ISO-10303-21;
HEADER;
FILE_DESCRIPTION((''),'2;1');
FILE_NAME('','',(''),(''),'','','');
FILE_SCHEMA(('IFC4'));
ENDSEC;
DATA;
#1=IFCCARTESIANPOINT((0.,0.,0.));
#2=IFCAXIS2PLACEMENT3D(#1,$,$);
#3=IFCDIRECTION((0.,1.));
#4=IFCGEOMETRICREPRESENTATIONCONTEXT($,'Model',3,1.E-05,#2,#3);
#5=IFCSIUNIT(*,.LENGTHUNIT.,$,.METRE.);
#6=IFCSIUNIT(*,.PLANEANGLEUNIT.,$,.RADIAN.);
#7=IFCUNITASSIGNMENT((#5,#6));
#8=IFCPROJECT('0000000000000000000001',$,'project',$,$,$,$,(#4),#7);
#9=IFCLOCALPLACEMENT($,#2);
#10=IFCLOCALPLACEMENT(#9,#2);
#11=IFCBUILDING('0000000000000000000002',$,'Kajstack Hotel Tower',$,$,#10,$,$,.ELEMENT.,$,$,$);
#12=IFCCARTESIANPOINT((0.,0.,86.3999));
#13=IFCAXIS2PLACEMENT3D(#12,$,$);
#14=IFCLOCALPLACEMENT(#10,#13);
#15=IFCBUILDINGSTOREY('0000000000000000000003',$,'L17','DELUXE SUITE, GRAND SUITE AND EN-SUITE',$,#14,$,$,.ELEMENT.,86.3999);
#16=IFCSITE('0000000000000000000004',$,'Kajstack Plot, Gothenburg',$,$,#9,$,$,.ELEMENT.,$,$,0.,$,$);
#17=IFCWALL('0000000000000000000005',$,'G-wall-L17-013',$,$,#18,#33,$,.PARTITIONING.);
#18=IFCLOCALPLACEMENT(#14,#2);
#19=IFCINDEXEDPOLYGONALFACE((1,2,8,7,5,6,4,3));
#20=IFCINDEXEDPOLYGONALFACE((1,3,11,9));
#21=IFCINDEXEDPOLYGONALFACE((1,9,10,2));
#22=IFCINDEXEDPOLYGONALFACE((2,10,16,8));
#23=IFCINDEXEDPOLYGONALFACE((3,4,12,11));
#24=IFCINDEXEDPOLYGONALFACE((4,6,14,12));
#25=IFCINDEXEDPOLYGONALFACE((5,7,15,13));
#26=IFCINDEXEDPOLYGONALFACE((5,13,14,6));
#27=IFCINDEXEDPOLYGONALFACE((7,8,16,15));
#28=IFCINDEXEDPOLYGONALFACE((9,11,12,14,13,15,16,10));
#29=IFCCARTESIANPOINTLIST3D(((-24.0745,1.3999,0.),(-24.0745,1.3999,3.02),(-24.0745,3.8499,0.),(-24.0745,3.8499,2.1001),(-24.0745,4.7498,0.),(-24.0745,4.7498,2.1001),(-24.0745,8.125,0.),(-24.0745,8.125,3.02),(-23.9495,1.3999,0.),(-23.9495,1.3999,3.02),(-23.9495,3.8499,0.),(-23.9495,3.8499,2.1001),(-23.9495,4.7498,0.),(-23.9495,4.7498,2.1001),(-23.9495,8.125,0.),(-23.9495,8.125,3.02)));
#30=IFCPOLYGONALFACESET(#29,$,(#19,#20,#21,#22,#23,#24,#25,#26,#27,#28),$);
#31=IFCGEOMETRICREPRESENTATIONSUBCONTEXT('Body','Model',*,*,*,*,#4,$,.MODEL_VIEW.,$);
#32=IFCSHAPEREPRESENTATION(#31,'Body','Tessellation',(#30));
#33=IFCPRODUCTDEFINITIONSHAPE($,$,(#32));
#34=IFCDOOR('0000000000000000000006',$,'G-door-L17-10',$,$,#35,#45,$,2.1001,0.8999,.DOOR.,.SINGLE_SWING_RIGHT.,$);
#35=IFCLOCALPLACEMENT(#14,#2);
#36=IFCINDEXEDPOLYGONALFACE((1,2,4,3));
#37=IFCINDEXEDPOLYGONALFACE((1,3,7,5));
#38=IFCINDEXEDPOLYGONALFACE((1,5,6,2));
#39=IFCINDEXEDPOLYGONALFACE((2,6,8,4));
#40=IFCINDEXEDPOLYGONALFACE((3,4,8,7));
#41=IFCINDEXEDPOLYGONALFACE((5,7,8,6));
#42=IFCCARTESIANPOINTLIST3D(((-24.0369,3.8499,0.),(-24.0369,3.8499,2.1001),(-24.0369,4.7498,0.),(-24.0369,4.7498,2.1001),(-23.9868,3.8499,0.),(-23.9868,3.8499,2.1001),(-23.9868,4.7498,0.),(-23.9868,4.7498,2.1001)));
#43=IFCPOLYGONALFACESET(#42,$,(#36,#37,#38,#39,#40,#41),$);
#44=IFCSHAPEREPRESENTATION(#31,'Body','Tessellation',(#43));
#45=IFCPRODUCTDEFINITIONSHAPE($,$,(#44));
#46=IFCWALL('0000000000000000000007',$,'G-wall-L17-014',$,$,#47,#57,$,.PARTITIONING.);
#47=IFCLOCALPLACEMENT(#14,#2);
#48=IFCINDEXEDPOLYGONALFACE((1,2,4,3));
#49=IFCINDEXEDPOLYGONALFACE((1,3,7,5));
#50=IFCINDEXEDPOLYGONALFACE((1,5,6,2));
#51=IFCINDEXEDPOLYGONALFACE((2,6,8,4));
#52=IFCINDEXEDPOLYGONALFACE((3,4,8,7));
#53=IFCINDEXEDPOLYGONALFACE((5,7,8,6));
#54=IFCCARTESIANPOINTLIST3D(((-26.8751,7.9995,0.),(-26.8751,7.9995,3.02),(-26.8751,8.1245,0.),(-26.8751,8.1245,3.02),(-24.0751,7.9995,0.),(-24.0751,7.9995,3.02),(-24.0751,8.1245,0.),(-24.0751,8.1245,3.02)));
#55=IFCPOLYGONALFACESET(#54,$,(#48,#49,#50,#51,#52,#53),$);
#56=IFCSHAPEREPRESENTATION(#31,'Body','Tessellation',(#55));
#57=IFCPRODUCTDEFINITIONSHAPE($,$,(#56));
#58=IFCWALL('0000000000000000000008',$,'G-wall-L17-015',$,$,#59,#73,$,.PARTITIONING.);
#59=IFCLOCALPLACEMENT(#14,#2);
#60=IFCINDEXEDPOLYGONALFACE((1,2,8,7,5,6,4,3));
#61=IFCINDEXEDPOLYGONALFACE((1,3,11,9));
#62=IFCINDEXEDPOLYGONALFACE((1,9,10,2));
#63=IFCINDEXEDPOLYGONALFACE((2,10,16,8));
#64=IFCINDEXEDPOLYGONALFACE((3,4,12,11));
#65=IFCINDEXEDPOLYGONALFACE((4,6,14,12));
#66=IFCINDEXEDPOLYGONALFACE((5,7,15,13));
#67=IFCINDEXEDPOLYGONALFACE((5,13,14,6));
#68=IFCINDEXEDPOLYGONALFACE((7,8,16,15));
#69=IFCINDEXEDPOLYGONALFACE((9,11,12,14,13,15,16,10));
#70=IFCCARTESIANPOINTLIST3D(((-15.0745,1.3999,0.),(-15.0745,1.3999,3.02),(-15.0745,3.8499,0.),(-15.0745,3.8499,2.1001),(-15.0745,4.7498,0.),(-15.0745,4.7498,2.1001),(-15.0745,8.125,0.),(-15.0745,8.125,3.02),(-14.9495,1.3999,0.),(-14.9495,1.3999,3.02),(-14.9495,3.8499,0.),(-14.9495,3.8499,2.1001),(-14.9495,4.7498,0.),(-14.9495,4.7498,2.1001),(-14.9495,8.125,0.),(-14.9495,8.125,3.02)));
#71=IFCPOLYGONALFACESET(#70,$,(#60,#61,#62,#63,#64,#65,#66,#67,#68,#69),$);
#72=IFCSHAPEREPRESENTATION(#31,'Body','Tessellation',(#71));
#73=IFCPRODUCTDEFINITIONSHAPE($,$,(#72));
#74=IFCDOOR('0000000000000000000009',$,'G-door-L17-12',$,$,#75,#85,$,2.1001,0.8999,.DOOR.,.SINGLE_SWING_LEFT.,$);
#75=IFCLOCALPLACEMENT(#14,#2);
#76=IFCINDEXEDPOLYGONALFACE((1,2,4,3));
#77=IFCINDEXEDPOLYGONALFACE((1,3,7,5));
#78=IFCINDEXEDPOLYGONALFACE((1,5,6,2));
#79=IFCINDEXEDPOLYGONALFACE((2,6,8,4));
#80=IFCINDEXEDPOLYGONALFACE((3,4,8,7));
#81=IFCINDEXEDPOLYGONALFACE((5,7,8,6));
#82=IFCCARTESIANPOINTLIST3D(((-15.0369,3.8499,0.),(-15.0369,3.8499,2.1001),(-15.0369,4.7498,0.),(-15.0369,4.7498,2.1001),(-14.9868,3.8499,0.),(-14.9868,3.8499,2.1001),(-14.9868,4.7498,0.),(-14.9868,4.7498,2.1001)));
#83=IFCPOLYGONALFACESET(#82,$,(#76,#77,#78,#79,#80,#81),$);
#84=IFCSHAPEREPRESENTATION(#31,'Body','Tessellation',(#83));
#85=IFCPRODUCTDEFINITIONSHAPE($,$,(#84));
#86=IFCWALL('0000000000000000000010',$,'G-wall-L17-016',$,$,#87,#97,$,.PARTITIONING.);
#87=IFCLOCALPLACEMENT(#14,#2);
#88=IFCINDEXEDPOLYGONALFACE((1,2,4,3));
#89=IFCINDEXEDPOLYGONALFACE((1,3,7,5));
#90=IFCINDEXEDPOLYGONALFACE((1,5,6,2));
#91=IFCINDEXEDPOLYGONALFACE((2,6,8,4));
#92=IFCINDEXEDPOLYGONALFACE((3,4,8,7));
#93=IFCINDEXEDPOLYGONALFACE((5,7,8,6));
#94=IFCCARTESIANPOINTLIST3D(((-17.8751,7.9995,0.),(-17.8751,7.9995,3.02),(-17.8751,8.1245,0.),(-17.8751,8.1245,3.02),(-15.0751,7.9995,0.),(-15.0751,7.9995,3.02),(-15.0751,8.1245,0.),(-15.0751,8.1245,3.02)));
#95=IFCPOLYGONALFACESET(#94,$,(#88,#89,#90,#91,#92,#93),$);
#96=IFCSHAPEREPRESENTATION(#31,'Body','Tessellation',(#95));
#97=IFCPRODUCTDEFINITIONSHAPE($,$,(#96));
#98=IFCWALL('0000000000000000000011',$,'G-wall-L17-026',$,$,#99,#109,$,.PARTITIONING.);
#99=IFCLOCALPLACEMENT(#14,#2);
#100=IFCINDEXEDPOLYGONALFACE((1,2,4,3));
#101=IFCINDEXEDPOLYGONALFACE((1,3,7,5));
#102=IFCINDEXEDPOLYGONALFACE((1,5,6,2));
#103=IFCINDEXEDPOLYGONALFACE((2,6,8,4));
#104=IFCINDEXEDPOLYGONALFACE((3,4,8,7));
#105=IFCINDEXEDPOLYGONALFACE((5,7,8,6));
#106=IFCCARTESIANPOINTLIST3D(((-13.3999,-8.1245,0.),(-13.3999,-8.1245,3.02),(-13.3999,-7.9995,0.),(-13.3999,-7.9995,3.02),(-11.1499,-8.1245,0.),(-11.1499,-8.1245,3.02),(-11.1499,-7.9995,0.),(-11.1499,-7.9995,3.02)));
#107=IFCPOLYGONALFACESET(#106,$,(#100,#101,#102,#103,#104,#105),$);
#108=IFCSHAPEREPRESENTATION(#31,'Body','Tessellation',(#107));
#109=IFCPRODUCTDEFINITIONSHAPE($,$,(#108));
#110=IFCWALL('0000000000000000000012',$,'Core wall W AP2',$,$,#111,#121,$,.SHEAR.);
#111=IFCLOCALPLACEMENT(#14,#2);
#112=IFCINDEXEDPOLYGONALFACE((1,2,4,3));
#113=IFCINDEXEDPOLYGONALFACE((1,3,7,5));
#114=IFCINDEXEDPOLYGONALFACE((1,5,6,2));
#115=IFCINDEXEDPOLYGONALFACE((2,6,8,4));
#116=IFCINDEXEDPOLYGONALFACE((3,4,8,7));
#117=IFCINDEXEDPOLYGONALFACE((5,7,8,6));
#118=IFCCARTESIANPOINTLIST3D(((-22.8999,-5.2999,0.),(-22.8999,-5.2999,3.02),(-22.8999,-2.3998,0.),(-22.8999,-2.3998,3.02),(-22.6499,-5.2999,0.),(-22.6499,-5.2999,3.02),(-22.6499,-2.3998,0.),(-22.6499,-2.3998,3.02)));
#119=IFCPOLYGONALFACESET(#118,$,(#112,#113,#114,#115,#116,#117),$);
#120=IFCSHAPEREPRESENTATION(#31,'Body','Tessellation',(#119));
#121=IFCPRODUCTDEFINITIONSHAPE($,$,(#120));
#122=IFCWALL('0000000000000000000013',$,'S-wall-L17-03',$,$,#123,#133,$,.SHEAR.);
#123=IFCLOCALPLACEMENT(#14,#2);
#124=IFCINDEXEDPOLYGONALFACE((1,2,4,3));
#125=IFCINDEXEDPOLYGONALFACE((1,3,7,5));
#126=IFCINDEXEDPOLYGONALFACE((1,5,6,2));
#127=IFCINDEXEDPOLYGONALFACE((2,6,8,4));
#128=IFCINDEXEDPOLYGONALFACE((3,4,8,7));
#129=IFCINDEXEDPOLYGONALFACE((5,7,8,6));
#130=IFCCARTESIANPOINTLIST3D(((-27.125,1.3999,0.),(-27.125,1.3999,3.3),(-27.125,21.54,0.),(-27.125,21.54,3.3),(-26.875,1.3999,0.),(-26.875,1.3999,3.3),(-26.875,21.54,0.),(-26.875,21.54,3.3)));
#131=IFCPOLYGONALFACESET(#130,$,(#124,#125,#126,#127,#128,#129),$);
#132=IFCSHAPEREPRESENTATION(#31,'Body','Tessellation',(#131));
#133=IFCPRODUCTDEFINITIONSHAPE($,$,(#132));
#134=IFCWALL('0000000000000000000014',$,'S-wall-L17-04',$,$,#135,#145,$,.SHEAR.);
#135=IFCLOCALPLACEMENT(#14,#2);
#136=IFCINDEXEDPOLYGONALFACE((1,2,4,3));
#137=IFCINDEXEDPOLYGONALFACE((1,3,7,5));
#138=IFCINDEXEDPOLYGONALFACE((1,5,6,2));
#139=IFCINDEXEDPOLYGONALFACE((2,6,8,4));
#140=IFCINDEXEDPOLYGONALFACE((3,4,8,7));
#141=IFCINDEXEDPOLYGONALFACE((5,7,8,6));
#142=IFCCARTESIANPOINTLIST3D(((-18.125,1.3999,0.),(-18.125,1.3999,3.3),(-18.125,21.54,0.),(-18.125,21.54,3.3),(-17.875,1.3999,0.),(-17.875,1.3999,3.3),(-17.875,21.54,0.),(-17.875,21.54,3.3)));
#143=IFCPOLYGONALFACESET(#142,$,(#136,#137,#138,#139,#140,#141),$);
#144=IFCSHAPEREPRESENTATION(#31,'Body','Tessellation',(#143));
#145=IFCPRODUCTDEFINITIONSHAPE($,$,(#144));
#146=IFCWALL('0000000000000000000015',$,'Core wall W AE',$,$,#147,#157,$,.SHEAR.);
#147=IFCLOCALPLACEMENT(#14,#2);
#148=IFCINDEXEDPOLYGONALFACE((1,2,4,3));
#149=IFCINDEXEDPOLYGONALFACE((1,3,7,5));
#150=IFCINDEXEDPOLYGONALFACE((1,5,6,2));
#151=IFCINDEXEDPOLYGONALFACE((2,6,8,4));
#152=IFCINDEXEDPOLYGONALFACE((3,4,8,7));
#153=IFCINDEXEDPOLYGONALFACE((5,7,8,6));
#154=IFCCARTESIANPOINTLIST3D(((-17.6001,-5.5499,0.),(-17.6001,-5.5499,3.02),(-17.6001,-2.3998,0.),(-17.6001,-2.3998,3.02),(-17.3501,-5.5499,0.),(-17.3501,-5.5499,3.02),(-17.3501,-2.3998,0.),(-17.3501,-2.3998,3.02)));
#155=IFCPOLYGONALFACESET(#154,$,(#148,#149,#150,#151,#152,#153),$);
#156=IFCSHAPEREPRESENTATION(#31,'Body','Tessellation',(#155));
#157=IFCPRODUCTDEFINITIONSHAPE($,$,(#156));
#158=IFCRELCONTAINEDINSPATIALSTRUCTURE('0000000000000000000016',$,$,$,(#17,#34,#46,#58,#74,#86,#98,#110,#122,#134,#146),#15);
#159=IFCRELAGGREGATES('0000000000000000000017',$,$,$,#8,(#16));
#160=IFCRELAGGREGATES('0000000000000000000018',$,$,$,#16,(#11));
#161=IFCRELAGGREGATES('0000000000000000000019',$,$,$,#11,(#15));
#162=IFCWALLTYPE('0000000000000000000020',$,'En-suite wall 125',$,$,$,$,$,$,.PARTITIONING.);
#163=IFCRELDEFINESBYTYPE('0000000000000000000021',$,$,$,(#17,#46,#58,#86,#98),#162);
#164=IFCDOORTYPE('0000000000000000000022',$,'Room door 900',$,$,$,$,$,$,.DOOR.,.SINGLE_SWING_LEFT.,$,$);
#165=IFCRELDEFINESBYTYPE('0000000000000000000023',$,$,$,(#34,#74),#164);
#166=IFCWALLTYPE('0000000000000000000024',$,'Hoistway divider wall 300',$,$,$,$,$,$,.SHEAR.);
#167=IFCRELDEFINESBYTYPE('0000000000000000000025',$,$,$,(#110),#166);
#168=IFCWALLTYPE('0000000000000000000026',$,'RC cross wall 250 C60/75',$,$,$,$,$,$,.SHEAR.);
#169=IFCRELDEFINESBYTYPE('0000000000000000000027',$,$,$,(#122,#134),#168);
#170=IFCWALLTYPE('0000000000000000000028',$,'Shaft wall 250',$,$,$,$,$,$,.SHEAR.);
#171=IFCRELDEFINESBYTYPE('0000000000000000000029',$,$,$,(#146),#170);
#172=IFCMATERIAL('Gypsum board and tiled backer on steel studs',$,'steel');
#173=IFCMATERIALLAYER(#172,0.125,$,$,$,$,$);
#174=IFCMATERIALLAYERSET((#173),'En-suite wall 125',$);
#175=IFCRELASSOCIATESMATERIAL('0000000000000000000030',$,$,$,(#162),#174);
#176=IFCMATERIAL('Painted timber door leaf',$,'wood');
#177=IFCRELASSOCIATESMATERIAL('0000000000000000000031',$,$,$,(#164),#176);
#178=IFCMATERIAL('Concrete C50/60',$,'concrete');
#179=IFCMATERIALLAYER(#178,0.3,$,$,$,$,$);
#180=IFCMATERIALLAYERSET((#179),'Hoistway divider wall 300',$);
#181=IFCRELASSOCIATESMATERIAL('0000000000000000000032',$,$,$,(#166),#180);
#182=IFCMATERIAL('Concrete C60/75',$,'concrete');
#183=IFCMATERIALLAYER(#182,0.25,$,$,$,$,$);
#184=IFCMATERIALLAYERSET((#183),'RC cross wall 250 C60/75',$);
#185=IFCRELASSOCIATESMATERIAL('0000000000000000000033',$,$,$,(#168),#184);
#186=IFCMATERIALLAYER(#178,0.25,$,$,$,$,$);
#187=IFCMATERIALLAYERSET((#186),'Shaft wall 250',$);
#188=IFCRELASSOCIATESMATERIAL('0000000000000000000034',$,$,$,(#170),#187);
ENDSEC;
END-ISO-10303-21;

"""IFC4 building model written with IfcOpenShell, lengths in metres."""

from ifc_helpers import new_model, si_unit, direction, frame, frame_2d, origin, place, context, subcontext, project, spatial, rectangle, extrude, material, layer, layer_set, type_object, element, fill, save


model = new_model("IFC4")

# Units and contexts
model_context = context("Model", 3, precision=1e-05, world=origin(), true_north=direction((0.0, 1.0)))
body_context = subcontext(model_context, "Body", "Model", "MODEL_VIEW")
ifc_project = project(units=[si_unit("LENGTHUNIT", "METRE"), si_unit("PLANEANGLEUNIT", "RADIAN")], contexts=[model_context])

# Site, building, storey
site_placement = place(None, origin())
site = spatial("IfcSite", under=ifc_project, at=site_placement, Name="Kajstack Plot, Gothenburg", CompositionType="ELEMENT", RefElevation=0.0)
building_placement = place(site_placement, origin())
building = spatial("IfcBuilding", under=site, at=building_placement, Name="Kajstack Hotel Tower", CompositionType="ELEMENT")
storey_placement = place(building_placement, frame((0.0, 0.0, 86.3999)))
storey = spatial("IfcBuildingStorey", under=building, at=storey_placement, Name="L17", Description="DELUXE SUITE, GRAND SUITE AND EN-SUITE", CompositionType="ELEMENT", Elevation=86.3999)

# Wall, opening, door
ifc_material_1 = material(Name="Gypsum board and tiled backer on steel studs", Category="steel")
ifc_layer_1 = layer(ifc_material_1, 0.125)
ifc_layer_set_1 = layer_set([ifc_layer_1], Name="En-suite wall 125")
wall_type_1 = type_object("IfcWallType", Name="En-suite wall 125", PredefinedType="PARTITIONING", material=ifc_layer_set_1)
wall_1_placement = place(storey_placement, frame((-24.012, 1.3999, 0.0), z_axis=(0.0, 0.0, 1.0), x_axis=(0.0, 1.0, 0.0)))
wall_1 = element("IfcWall", 1, at=wall_1_placement, inside=storey, type_object=wall_type_1, Name="G-wall-L17-013", PredefinedType="PARTITIONING", context=body_context, shape_type="SweptSolid", body=[
    extrude(rectangle(XDim=6.7251, YDim=0.125, at=frame_2d((3.3625, 0.0))), origin(), (0.0, 0.0, 1.0), 3.02),
])
opening_1_placement = place(wall_1_placement, frame((2.45, 0.0, 0.0)))
opening_1 = element("IfcOpeningElement", 2, at=opening_1_placement, cuts=wall_1, PredefinedType="OPENING", context=body_context, shape_type="SweptSolid", body=[
    extrude(rectangle(XDim=0.8999, YDim=2.1001, at=frame_2d((0.45, 1.05))), frame((0.0, 0.0725, 0.0), z_axis=(0.0, -1.0, 0.0), x_axis=(1.0, 0.0, 0.0)), (0.0, 0.0, 1.0), 0.145),
])
ifc_material_2 = material(Name="Painted timber door leaf", Category="wood")
door_type_1 = type_object("IfcDoorType", Name="Room door 900", OperationType="SINGLE_SWING_LEFT", PredefinedType="DOOR", material=ifc_material_2)
door_1_placement = place(opening_1_placement, origin())
door_1 = element("IfcDoor", 3, at=door_1_placement, inside=storey, type_object=door_type_1, Name="G-door-L17-10", OperationType="SINGLE_SWING_RIGHT", OverallHeight=2.1001, OverallWidth=0.8999, PredefinedType="DOOR", context=body_context, shape_type="SweptSolid", body=[
    extrude(rectangle(XDim=0.8999, YDim=2.1001, at=frame_2d((0.45, 1.05))), frame((0.0, 0.0249, 0.0), z_axis=(0.0, -1.0, 0.0), x_axis=(1.0, 0.0, 0.0)), (0.0, 0.0, 1.0), 0.05),
])
fill(opening_1, door_1)

# Wall
wall_2_placement = place(storey_placement, frame((-26.875, 8.062, 0.0), z_axis=(0.0, 0.0, 1.0), x_axis=(1.0, 0.0, 0.0)))
element("IfcWall", 4, at=wall_2_placement, inside=storey, type_object=wall_type_1, Name="G-wall-L17-014", PredefinedType="PARTITIONING", context=body_context, shape_type="SweptSolid", body=[
    extrude(rectangle(XDim=2.8, YDim=0.125, at=frame_2d((1.3999, 0.0))), origin(), (0.0, 0.0, 1.0), 3.02),
])

# Wall, opening, door
wall_3_placement = place(storey_placement, frame((-15.012, 1.3999, 0.0), z_axis=(0.0, 0.0, 1.0), x_axis=(0.0, 1.0, 0.0)))
wall_3 = element("IfcWall", 5, at=wall_3_placement, inside=storey, type_object=wall_type_1, Name="G-wall-L17-015", PredefinedType="PARTITIONING", context=body_context, shape_type="SweptSolid", body=[
    extrude(rectangle(XDim=6.7251, YDim=0.125, at=frame_2d((3.3625, 0.0))), origin(), (0.0, 0.0, 1.0), 3.02),
])
opening_2_placement = place(wall_3_placement, frame((2.45, 0.0, 0.0)))
opening_2 = element("IfcOpeningElement", 6, at=opening_2_placement, cuts=wall_3, PredefinedType="OPENING", context=body_context, shape_type="SweptSolid", body=[
    extrude(rectangle(XDim=0.8999, YDim=2.1001, at=frame_2d((0.45, 1.05))), frame((0.0, 0.0725, 0.0), z_axis=(0.0, -1.0, 0.0), x_axis=(1.0, 0.0, 0.0)), (0.0, 0.0, 1.0), 0.145),
])
door_2_placement = place(opening_2_placement, origin())
door_2 = element("IfcDoor", 7, at=door_2_placement, inside=storey, type_object=door_type_1, Name="G-door-L17-12", OperationType="SINGLE_SWING_LEFT", OverallHeight=2.1001, OverallWidth=0.8999, PredefinedType="DOOR", context=body_context, shape_type="SweptSolid", body=[
    extrude(rectangle(XDim=0.8999, YDim=2.1001, at=frame_2d((0.45, 1.05))), frame((0.0, 0.0249, 0.0), z_axis=(0.0, -1.0, 0.0), x_axis=(1.0, 0.0, 0.0)), (0.0, 0.0, 1.0), 0.05),
])
fill(opening_2, door_2)

# Walls
wall_4_placement = place(storey_placement, frame((-17.875, 8.062, 0.0), z_axis=(0.0, 0.0, 1.0), x_axis=(1.0, 0.0, 0.0)))
element("IfcWall", 8, at=wall_4_placement, inside=storey, type_object=wall_type_1, Name="G-wall-L17-016", PredefinedType="PARTITIONING", context=body_context, shape_type="SweptSolid", body=[
    extrude(rectangle(XDim=2.8, YDim=0.125, at=frame_2d((1.3999, 0.0))), origin(), (0.0, 0.0, 1.0), 3.02),
])
wall_5_placement = place(storey_placement, frame((-13.3999, -8.062, 0.0), z_axis=(0.0, 0.0, 1.0), x_axis=(1.0, 0.0, 0.0)))
element("IfcWall", 9, at=wall_5_placement, inside=storey, type_object=wall_type_1, Name="G-wall-L17-026", PredefinedType="PARTITIONING", context=body_context, shape_type="SweptSolid", body=[
    extrude(rectangle(XDim=2.25, YDim=0.125, at=frame_2d((1.125, 0.0))), origin(), (0.0, 0.0, 1.0), 3.02),
])
ifc_material_3 = material(Name="Concrete C50/60", Category="concrete")
ifc_layer_2 = layer(ifc_material_3, 0.3)
ifc_layer_set_2 = layer_set([ifc_layer_2], Name="Hoistway divider wall 300")
wall_type_2 = type_object("IfcWallType", Name="Hoistway divider wall 300", PredefinedType="SHEAR", material=ifc_layer_set_2)
wall_6_placement = place(storey_placement, frame((-22.7749, -5.3, 0.0), z_axis=(0.0, 0.0, 1.0), x_axis=(0.0, 1.0, 0.0)))
element("IfcWall", 10, at=wall_6_placement, inside=storey, type_object=wall_type_2, Name="Core wall W AP2", PredefinedType="SHEAR", context=body_context, shape_type="SweptSolid", body=[
    extrude(rectangle(XDim=2.9001, YDim=0.25, at=frame_2d((1.4502, 0.0))), origin(), (0.0, 0.0, 1.0), 3.02),
])
ifc_material_4 = material(Name="Concrete C60/75", Category="concrete")
ifc_layer_3 = layer(ifc_material_4, 0.25)
ifc_layer_set_3 = layer_set([ifc_layer_3], Name="RC cross wall 250 C60/75")
wall_type_3 = type_object("IfcWallType", Name="RC cross wall 250 C60/75", PredefinedType="SHEAR", material=ifc_layer_set_3)
for number, where, z_axis, x_axis, name in (
    (11, (-27.0, 1.3999, 0.0), (0.0, 0.0, 1.0), (0.0, 1.0, 0.0), "S-wall-L17-03"),
    (12, (-18.0, 1.3999, 0.0), (0.0, 0.0, 1.0), (0.0, 1.0, 0.0), "S-wall-L17-04"),
):
    element("IfcWall", number, at=place(storey_placement, frame(where, z_axis=z_axis, x_axis=x_axis)), inside=storey, type_object=wall_type_3, Name=name, PredefinedType="SHEAR", context=body_context, shape_type="SweptSolid", body=[
        extrude(rectangle(XDim=20.1401, YDim=0.25, at=frame_2d((10.0701, 0.0))), origin(), (0.0, 0.0, 1.0), 3.3),
    ])
ifc_layer_4 = layer(ifc_material_3, 0.25)
ifc_layer_set_4 = layer_set([ifc_layer_4], Name="Shaft wall 250")
wall_type_4 = type_object("IfcWallType", Name="Shaft wall 250", PredefinedType="SHEAR", material=ifc_layer_set_4)
wall_7_placement = place(storey_placement, frame((-17.4751, -5.55, 0.0), z_axis=(0.0, 0.0, 1.0), x_axis=(0.0, 1.0, 0.0)))
element("IfcWall", 13, at=wall_7_placement, inside=storey, type_object=wall_type_4, Name="Core wall W AE", PredefinedType="SHEAR", context=body_context, shape_type="SweptSolid", body=[
    extrude(rectangle(XDim=3.1501, YDim=0.25, at=frame_2d((1.5752, 0.0))), origin(), (0.0, 0.0, 1.0), 3.02),
])

save(model, "model.ifc")
